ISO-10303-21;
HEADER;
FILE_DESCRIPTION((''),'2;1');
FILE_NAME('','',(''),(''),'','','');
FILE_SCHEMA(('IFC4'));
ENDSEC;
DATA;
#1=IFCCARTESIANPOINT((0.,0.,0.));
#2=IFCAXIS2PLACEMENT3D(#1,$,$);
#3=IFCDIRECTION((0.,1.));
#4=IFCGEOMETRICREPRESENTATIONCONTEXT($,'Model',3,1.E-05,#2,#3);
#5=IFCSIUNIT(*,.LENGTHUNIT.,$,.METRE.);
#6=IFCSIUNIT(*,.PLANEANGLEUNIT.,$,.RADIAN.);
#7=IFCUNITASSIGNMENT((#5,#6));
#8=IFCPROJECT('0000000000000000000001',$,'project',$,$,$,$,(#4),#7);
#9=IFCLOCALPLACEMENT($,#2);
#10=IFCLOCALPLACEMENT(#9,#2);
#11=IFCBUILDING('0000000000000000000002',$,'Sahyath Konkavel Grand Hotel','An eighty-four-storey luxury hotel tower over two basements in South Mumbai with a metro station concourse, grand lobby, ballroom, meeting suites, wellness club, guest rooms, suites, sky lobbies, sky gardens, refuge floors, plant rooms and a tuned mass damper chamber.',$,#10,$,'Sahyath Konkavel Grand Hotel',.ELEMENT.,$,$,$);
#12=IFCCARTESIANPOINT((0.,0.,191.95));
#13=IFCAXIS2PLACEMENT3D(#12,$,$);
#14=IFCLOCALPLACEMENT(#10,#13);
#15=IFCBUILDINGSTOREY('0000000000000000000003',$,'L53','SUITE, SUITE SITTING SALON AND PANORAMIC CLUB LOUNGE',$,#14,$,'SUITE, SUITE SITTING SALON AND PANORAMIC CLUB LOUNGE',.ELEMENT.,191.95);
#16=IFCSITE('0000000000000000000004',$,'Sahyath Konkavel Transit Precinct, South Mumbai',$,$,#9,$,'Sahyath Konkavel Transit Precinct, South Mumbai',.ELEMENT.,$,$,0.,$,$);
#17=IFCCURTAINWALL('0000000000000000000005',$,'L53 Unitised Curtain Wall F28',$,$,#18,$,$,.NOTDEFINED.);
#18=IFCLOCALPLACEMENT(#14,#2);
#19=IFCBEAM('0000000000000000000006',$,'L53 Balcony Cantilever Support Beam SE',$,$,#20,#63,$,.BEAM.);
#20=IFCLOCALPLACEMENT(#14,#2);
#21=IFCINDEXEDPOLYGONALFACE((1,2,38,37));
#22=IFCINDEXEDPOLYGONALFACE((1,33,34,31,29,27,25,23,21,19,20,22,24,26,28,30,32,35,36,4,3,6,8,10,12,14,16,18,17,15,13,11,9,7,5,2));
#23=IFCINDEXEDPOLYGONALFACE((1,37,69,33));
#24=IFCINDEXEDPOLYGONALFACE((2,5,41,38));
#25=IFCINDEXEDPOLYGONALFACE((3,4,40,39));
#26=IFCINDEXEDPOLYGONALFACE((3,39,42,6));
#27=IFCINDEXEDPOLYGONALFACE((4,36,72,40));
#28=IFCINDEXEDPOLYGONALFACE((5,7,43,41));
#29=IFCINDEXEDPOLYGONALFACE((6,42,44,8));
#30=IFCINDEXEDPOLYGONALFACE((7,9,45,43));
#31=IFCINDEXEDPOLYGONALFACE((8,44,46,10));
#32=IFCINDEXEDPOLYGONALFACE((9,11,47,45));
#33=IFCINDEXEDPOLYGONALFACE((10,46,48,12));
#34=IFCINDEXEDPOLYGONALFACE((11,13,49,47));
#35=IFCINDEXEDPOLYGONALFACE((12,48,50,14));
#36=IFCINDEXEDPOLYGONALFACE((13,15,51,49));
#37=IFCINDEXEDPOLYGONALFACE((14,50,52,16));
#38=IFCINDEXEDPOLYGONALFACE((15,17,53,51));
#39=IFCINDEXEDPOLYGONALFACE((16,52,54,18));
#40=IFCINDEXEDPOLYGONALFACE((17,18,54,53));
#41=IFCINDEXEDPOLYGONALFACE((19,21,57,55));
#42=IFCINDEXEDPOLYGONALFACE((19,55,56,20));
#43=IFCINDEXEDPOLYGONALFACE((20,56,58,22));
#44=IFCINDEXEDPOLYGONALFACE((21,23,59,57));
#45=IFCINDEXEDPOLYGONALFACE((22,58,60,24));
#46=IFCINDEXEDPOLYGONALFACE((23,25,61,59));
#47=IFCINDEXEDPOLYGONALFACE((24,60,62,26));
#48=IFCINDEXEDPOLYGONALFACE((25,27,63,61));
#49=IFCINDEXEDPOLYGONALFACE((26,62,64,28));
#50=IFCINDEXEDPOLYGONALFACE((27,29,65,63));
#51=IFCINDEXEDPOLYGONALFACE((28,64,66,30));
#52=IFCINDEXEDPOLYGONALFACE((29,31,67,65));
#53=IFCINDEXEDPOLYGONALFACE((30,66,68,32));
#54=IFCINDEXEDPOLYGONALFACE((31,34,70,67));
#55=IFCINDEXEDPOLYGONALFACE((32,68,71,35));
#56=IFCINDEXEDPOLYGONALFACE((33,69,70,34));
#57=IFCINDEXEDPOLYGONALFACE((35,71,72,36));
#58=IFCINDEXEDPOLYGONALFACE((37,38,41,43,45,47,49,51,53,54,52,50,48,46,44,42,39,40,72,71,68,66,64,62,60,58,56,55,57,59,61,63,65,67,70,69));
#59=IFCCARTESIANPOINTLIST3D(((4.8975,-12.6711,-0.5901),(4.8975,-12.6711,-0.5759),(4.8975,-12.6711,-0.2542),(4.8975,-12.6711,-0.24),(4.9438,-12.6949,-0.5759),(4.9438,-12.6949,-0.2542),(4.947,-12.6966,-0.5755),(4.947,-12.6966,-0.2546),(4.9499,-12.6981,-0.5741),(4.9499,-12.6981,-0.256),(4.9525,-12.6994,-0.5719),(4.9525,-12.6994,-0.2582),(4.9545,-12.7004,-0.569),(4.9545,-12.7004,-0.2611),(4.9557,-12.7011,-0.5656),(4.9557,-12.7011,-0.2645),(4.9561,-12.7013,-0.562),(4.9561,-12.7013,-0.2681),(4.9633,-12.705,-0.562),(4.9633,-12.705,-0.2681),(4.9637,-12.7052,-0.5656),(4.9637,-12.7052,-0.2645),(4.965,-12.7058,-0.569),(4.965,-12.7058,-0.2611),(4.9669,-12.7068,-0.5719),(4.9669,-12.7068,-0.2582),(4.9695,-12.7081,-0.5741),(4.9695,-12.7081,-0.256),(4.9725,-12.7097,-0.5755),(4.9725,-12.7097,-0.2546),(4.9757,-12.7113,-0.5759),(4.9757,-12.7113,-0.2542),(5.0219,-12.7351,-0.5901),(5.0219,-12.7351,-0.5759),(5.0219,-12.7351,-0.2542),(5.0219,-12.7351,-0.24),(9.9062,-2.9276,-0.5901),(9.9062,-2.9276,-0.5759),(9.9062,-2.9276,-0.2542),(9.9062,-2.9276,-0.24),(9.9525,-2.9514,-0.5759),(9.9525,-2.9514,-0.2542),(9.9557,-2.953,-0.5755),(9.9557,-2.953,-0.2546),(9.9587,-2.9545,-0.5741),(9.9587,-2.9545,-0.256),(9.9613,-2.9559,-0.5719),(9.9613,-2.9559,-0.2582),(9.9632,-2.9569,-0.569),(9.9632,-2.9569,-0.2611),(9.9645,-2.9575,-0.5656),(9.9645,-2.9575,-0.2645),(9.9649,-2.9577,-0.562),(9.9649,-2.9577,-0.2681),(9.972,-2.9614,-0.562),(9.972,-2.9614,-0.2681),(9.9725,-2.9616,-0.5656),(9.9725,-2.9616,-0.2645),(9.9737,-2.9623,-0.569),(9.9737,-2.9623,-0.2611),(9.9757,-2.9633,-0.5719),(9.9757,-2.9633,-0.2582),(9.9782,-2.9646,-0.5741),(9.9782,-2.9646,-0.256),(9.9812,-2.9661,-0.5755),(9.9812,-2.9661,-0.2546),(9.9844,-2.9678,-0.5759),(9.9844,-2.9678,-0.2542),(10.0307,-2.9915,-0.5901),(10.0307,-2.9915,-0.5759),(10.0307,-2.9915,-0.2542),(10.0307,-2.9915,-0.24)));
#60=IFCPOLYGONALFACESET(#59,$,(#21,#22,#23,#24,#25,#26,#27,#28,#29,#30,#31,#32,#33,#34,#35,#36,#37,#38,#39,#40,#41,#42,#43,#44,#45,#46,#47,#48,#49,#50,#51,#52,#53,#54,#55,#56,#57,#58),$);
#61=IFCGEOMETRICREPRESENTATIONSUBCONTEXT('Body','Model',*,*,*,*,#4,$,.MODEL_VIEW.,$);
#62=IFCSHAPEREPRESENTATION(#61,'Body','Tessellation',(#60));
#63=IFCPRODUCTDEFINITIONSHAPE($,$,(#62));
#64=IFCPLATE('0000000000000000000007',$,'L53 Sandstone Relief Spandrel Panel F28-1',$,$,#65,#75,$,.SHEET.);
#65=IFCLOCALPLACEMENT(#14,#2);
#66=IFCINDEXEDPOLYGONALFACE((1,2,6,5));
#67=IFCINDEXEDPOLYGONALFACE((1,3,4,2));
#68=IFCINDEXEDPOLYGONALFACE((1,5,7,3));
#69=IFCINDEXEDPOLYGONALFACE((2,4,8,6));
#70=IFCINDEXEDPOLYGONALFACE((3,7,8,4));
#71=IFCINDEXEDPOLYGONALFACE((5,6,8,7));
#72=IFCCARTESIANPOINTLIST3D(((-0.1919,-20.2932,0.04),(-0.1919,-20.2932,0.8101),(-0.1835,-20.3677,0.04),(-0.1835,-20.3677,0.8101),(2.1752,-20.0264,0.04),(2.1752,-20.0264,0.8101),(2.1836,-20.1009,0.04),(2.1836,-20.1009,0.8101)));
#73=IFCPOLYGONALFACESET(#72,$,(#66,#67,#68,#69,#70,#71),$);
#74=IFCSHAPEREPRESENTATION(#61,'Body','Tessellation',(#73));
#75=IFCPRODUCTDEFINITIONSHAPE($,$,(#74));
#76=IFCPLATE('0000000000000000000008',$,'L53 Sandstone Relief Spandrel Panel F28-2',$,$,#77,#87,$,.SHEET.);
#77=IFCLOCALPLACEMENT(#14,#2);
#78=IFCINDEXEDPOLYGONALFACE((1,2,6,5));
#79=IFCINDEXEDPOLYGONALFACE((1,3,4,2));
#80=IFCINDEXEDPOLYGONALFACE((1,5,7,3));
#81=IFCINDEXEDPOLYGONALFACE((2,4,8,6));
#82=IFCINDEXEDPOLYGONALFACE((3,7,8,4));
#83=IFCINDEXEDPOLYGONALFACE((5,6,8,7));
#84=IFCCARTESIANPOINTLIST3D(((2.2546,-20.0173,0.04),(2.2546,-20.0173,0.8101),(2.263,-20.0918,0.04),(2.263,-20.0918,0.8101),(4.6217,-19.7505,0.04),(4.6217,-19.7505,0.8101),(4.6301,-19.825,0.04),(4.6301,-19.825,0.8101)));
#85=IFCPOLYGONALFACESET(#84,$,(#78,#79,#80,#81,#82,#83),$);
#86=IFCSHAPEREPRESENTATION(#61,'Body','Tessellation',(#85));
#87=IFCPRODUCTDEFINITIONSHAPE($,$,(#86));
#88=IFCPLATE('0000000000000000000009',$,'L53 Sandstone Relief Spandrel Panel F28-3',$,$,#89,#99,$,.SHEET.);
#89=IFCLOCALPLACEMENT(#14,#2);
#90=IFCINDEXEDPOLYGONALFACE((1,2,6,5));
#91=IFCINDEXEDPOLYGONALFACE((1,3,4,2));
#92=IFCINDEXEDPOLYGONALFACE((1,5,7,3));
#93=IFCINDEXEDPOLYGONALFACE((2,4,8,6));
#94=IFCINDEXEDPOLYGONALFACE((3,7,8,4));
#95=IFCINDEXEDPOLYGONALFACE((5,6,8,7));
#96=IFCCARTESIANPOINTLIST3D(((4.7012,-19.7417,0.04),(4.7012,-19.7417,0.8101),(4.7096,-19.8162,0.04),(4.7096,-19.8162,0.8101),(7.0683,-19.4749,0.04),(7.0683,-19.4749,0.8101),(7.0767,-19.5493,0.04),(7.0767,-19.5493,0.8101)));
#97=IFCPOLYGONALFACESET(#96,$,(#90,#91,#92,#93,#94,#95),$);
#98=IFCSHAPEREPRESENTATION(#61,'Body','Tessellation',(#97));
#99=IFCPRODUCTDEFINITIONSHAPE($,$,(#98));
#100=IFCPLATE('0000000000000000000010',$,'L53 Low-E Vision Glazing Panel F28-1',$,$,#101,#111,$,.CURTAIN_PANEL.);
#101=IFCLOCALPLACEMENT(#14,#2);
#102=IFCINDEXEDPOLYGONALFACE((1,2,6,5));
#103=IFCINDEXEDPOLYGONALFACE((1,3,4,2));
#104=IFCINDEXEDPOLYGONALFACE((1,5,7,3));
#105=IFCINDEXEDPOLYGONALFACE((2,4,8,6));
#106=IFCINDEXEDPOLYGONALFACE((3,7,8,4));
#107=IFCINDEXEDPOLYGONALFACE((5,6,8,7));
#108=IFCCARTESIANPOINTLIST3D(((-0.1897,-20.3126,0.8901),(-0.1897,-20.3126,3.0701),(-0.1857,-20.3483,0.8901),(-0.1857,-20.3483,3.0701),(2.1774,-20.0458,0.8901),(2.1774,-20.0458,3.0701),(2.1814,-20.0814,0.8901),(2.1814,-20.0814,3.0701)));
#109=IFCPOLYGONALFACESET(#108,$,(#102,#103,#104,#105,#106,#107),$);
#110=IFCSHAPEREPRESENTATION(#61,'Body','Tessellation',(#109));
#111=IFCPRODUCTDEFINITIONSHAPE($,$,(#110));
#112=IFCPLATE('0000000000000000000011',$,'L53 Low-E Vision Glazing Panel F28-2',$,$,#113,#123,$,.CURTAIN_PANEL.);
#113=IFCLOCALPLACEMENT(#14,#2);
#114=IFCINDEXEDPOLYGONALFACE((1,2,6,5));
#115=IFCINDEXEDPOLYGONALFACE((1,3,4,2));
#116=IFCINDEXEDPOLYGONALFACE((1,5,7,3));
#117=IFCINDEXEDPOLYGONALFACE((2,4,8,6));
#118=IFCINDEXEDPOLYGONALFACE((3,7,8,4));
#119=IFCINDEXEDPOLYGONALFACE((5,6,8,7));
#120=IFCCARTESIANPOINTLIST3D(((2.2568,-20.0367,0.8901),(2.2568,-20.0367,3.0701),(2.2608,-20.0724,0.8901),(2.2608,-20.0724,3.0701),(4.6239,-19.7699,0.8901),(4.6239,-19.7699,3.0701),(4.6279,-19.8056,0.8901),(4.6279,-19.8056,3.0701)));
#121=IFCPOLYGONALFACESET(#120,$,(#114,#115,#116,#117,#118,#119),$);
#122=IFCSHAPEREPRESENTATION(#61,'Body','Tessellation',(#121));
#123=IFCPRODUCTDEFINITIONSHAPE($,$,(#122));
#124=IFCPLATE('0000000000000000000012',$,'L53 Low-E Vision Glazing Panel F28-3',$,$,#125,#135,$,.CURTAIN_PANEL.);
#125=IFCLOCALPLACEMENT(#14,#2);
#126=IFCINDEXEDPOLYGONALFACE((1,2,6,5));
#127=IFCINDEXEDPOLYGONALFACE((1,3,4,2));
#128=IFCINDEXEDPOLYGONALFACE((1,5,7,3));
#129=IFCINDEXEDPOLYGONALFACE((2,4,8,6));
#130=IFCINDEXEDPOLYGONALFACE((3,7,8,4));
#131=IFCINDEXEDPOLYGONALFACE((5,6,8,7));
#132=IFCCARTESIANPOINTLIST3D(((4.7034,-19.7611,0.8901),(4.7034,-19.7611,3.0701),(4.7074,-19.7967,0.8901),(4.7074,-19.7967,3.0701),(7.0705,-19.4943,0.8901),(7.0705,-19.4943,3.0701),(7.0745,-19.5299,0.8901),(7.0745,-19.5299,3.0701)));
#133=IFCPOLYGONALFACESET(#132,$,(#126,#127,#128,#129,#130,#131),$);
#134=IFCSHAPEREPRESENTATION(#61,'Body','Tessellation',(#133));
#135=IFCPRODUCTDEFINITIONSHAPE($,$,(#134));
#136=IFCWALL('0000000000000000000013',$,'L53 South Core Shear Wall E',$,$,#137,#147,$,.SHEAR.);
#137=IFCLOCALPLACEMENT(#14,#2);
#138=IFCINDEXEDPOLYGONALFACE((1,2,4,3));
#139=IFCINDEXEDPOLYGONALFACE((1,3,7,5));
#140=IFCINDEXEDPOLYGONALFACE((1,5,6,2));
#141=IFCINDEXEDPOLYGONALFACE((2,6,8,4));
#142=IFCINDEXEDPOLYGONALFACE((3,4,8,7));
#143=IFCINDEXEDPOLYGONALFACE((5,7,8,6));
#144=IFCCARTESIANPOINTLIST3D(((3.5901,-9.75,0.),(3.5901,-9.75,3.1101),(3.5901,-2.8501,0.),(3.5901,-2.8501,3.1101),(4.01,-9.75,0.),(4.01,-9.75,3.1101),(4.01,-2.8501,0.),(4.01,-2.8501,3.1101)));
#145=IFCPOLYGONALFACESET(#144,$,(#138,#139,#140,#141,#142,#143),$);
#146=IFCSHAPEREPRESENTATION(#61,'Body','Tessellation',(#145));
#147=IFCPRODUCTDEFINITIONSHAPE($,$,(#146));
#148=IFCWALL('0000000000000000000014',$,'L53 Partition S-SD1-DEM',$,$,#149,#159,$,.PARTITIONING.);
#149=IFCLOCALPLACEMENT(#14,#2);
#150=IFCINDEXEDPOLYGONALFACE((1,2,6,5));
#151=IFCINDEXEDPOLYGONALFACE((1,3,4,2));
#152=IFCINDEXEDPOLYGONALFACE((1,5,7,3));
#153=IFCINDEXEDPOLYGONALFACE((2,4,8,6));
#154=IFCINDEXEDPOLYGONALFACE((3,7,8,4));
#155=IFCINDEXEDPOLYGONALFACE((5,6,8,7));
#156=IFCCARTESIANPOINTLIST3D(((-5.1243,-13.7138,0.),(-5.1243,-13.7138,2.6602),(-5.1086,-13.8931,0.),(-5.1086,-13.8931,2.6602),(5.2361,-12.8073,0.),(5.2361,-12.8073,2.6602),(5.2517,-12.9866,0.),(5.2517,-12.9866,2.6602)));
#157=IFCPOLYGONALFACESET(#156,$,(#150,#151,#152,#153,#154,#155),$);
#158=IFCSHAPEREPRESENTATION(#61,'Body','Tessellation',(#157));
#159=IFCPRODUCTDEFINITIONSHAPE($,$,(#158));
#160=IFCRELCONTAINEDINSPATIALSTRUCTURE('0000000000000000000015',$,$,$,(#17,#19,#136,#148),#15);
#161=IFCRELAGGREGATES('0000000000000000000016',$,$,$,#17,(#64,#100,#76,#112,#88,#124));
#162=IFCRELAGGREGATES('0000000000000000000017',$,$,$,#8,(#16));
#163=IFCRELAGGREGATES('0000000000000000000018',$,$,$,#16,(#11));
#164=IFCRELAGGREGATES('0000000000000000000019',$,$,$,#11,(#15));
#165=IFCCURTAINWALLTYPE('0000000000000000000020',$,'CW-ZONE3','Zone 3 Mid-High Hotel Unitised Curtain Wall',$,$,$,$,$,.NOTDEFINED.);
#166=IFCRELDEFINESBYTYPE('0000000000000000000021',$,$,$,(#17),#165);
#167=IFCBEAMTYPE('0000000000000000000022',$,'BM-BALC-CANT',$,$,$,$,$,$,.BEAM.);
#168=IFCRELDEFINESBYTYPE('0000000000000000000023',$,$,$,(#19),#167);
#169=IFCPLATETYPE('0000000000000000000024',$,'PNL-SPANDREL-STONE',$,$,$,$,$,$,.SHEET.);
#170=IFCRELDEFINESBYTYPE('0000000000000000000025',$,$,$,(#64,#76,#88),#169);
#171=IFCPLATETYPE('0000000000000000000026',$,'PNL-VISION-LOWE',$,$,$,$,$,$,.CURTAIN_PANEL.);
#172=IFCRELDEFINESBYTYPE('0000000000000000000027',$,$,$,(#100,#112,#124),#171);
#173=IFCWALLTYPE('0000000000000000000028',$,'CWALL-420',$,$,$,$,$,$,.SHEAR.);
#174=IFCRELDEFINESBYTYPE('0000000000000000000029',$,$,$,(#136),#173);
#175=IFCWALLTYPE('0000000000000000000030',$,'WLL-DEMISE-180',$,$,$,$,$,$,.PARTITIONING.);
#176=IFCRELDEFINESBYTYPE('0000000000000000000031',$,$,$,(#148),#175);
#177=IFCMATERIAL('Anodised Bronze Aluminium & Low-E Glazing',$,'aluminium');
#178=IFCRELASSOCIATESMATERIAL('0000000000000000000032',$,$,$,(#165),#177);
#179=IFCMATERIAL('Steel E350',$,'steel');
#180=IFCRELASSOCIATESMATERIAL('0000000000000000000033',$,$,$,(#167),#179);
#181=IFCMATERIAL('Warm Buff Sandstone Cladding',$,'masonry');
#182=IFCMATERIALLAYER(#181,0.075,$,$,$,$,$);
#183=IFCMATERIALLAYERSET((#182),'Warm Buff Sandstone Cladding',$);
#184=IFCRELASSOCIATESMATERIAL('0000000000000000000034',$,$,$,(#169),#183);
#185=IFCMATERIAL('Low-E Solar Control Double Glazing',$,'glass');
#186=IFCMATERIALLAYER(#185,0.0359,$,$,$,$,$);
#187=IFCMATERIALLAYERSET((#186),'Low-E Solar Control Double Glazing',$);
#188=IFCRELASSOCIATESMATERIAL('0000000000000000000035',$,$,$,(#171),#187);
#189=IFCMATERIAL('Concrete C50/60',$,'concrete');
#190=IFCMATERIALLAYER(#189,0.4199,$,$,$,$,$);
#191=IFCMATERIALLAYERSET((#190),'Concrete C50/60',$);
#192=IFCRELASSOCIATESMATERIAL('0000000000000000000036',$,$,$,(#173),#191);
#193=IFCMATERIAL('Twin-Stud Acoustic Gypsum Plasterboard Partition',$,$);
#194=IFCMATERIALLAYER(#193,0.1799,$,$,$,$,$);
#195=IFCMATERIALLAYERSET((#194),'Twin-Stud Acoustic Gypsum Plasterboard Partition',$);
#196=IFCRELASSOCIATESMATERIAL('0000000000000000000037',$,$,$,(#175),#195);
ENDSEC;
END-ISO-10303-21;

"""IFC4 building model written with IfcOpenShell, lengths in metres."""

from ifc_helpers import new_model, si_unit, direction, frame, frame_2d, origin, origin_2d, place, context, subcontext, project, spatial, rectangle, i_section, extrude, source, transform, mapped, material, layer, layer_set, material_profile, profile_set, type_object, element, aggregate, save


model = new_model("IFC4")

# Units and contexts
model_context = context("Model", 3, precision=1e-05, world=origin(), true_north=direction((0.0, 1.0)))
body_context = subcontext(model_context, "Body", "Model", "MODEL_VIEW")
ifc_project = project(units=[si_unit("LENGTHUNIT", "METRE"), si_unit("PLANEANGLEUNIT", "RADIAN")], contexts=[model_context])

# Site, building, storey
site_placement = place(None, origin())
site = spatial("IfcSite", under=ifc_project, at=site_placement, Name="Sahyath Konkavel Transit Precinct, South Mumbai", LongName="Sahyath Konkavel Transit Precinct, South Mumbai", CompositionType="ELEMENT", RefElevation=0.0)
building_placement = place(site_placement, origin())
building = spatial("IfcBuilding", under=site, at=building_placement, Name="Sahyath Konkavel Grand Hotel", Description="An eighty-four-storey luxury hotel tower over two basements in South Mumbai with a metro station concourse, grand lobby, ballroom, meeting suites, wellness club, guest rooms, suites, sky lobbies, sky gardens, refuge floors, plant rooms and a tuned mass damper chamber.", LongName="Sahyath Konkavel Grand Hotel", CompositionType="ELEMENT")
storey_placement = place(building_placement, frame((0.0, 0.0, 191.95)))
storey = spatial("IfcBuildingStorey", under=building, at=storey_placement, Name="L53", Description="SUITE, SUITE SITTING SALON AND PANORAMIC CLUB LOUNGE", LongName="SUITE, SUITE SITTING SALON AND PANORAMIC CLUB LOUNGE", CompositionType="ELEMENT", Elevation=191.95)

# Shared definitions
ifc_material_1 = material(Name="Concrete C50/60", Category="concrete")

# Shared definitions
ifc_material_2 = material(Name="Steel E350", Category="steel")

# Curtain wall
ifc_material_3 = material(Name="Anodised Bronze Aluminium & Low-E Glazing", Category="aluminium")
curtain_wall_type = type_object("IfcCurtainWallType", Name="CW-ZONE3", Description="Zone 3 Mid-High Hotel Unitised Curtain Wall", PredefinedType="NOTDEFINED", material=ifc_material_3)
curtain_wall_placement = place(storey_placement, origin())
curtain_wall = element("IfcCurtainWall", 1, at=curtain_wall_placement, inside=storey, type_object=curtain_wall_type, Name="L53 Unitised Curtain Wall F28", PredefinedType="NOTDEFINED")

# Beam
ifc_material_profile_1 = material_profile(ifc_material_2, i_section(OverallWidth=0.1399, OverallDepth=0.3501, WebThickness=0.0081, FlangeThickness=0.0142, FilletRadius=0.0139, at=origin_2d()), Name="ISMB 350")
ifc_profile_set_1 = profile_set([ifc_material_profile_1], Name="Steel E350")
beam_type_1 = type_object("IfcBeamType", Name="BM-BALC-CANT", PredefinedType="BEAM", material=ifc_profile_set_1)
shared_shape_1 = source(origin(), body_context, "Body", "SweptSolid", [
    extrude(i_section(OverallWidth=0.1399, OverallDepth=0.3501, WebThickness=0.0081, FlangeThickness=0.0142, FilletRadius=0.0139, at=origin_2d()), origin(), (0.0, 0.0, 1.0), 10.9556),
])
beam_1_placement = place(storey_placement, frame((4.9597, -12.7031, -0.415), z_axis=(0.457187, 0.889371, 0.0), x_axis=(-0.889371, 0.457187, 0.0)))
element("IfcBeam", 2, at=beam_1_placement, inside=storey, type_object=beam_type_1, Name="L53 Balcony Cantilever Support Beam SE", PredefinedType="BEAM", context=body_context, shape_type="MappedRepresentation", body=[
    mapped(shared_shape_1, transform((0.0, 0.0, 0.0), scale=1.0)),
])

# Plates
ifc_material_4 = material(Name="Warm Buff Sandstone Cladding", Category="masonry")
ifc_layer_1 = layer(ifc_material_4, 0.075)
ifc_layer_set_1 = layer_set([ifc_layer_1], Name="Warm Buff Sandstone Cladding")
plate_type_1 = type_object("IfcPlateType", Name="PNL-SPANDREL-STONE", PredefinedType="SHEET", material=ifc_layer_set_1)
shared_shape_2 = source(origin(), body_context, "Body", "SweptSolid", [
    extrude(rectangle(XDim=2.3821, YDim=0.075, at=origin_2d()), origin(), (0.0, 0.0, 1.0), 0.77),
])
plate_1_placement = place(storey_placement, frame((0.9958, -20.197, 0.04), z_axis=(0.0, 0.0, 1.0), x_axis=(0.993707, 0.112007, 0.0)))
plate_1 = element("IfcPlate", 3, at=plate_1_placement, type_object=plate_type_1, Name="L53 Sandstone Relief Spandrel Panel F28-1", PredefinedType="SHEET", context=body_context, shape_type="MappedRepresentation", body=[
    mapped(shared_shape_2, transform((0.0, 0.0, 0.0), scale=1.0)),
])
plate_2_placement = place(storey_placement, frame((3.4424, -19.9211, 0.04), z_axis=(0.0, 0.0, 1.0), x_axis=(0.993707, 0.112007, 0.0)))
plate_2 = element("IfcPlate", 4, at=plate_2_placement, type_object=plate_type_1, Name="L53 Sandstone Relief Spandrel Panel F28-2", PredefinedType="SHEET", context=body_context, shape_type="MappedRepresentation", body=[
    mapped(shared_shape_2, transform((0.0, 0.0, 0.0), scale=1.0)),
])
plate_3_placement = place(storey_placement, frame((5.8889, -19.6455, 0.04), z_axis=(0.0, 0.0, 1.0), x_axis=(0.993707, 0.112007, 0.0)))
plate_3 = element("IfcPlate", 5, at=plate_3_placement, type_object=plate_type_1, Name="L53 Sandstone Relief Spandrel Panel F28-3", PredefinedType="SHEET", context=body_context, shape_type="MappedRepresentation", body=[
    mapped(shared_shape_2, transform((0.0, 0.0, 0.0), scale=1.0)),
])
ifc_material_5 = material(Name="Low-E Solar Control Double Glazing", Category="glass")
ifc_layer_2 = layer(ifc_material_5, 0.0359)
ifc_layer_set_2 = layer_set([ifc_layer_2], Name="Low-E Solar Control Double Glazing")
plate_type_2 = type_object("IfcPlateType", Name="PNL-VISION-LOWE", PredefinedType="CURTAIN_PANEL", material=ifc_layer_set_2)
shared_shape_3 = source(origin(), body_context, "Body", "SweptSolid", [
    extrude(rectangle(XDim=2.3821, YDim=0.0359, at=origin_2d()), origin(), (0.0, 0.0, 1.0), 2.1799),
])
plate_4_placement = place(storey_placement, frame((0.9958, -20.197, 0.8901), z_axis=(0.0, 0.0, 1.0), x_axis=(0.993707, 0.112007, 0.0)))
plate_4 = element("IfcPlate", 6, at=plate_4_placement, type_object=plate_type_2, Name="L53 Low-E Vision Glazing Panel F28-1", PredefinedType="CURTAIN_PANEL", context=body_context, shape_type="MappedRepresentation", body=[
    mapped(shared_shape_3, transform((0.0, 0.0, 0.0), scale=1.0)),
])
plate_5_placement = place(storey_placement, frame((3.4424, -19.9211, 0.8901), z_axis=(0.0, 0.0, 1.0), x_axis=(0.993707, 0.112007, 0.0)))
plate_5 = element("IfcPlate", 7, at=plate_5_placement, type_object=plate_type_2, Name="L53 Low-E Vision Glazing Panel F28-2", PredefinedType="CURTAIN_PANEL", context=body_context, shape_type="MappedRepresentation", body=[
    mapped(shared_shape_3, transform((0.0, 0.0, 0.0), scale=1.0)),
])
plate_6_placement = place(storey_placement, frame((5.8889, -19.6455, 0.8901), z_axis=(0.0, 0.0, 1.0), x_axis=(0.993707, 0.112007, 0.0)))
plate_6 = element("IfcPlate", 8, at=plate_6_placement, type_object=plate_type_2, Name="L53 Low-E Vision Glazing Panel F28-3", PredefinedType="CURTAIN_PANEL", context=body_context, shape_type="MappedRepresentation", body=[
    mapped(shared_shape_3, transform((0.0, 0.0, 0.0), scale=1.0)),
])
aggregate(curtain_wall, [plate_1, plate_4, plate_2, plate_5, plate_3, plate_6])

# Walls
ifc_layer_3 = layer(ifc_material_1, 0.4199)
ifc_layer_set_3 = layer_set([ifc_layer_3], Name="Concrete C50/60")
wall_type_1 = type_object("IfcWallType", Name="CWALL-420", PredefinedType="SHEAR", material=ifc_layer_set_3)
wall_1_placement = place(storey_placement, frame((3.8, -9.75, 0.0), z_axis=(0.0, 0.0, 1.0), x_axis=(0.0, 1.0, 0.0)))
element("IfcWall", 9, at=wall_1_placement, inside=storey, type_object=wall_type_1, Name="L53 South Core Shear Wall E", PredefinedType="SHEAR", context=body_context, shape_type="SweptSolid", body=[
    extrude(rectangle(XDim=6.8999, YDim=0.4199, at=frame_2d((3.45, 0.0))), origin(), (0.0, 0.0, 1.0), 3.1101),
])
ifc_material_6 = material(Name="Twin-Stud Acoustic Gypsum Plasterboard Partition")
ifc_layer_4 = layer(ifc_material_6, 0.1799)
ifc_layer_set_4 = layer_set([ifc_layer_4], Name="Twin-Stud Acoustic Gypsum Plasterboard Partition")
wall_type_2 = type_object("IfcWallType", Name="WLL-DEMISE-180", PredefinedType="PARTITIONING", material=ifc_layer_set_4)
wall_2_placement = place(storey_placement, frame((5.2439, -12.897, 0.0), z_axis=(0.0, 0.0, 1.0), x_axis=(-0.996194, -0.087163, 0.0)))
element("IfcWall", 10, at=wall_2_placement, inside=storey, type_object=wall_type_2, Name="L53 Partition S-SD1-DEM", PredefinedType="PARTITIONING", context=body_context, shape_type="SweptSolid", body=[
    extrude(rectangle(XDim=10.3999, YDim=0.1799, at=frame_2d((5.2, 0.0))), origin(), (0.0, 0.0, 1.0), 2.6602),
])

save(model, "model.ifc")
